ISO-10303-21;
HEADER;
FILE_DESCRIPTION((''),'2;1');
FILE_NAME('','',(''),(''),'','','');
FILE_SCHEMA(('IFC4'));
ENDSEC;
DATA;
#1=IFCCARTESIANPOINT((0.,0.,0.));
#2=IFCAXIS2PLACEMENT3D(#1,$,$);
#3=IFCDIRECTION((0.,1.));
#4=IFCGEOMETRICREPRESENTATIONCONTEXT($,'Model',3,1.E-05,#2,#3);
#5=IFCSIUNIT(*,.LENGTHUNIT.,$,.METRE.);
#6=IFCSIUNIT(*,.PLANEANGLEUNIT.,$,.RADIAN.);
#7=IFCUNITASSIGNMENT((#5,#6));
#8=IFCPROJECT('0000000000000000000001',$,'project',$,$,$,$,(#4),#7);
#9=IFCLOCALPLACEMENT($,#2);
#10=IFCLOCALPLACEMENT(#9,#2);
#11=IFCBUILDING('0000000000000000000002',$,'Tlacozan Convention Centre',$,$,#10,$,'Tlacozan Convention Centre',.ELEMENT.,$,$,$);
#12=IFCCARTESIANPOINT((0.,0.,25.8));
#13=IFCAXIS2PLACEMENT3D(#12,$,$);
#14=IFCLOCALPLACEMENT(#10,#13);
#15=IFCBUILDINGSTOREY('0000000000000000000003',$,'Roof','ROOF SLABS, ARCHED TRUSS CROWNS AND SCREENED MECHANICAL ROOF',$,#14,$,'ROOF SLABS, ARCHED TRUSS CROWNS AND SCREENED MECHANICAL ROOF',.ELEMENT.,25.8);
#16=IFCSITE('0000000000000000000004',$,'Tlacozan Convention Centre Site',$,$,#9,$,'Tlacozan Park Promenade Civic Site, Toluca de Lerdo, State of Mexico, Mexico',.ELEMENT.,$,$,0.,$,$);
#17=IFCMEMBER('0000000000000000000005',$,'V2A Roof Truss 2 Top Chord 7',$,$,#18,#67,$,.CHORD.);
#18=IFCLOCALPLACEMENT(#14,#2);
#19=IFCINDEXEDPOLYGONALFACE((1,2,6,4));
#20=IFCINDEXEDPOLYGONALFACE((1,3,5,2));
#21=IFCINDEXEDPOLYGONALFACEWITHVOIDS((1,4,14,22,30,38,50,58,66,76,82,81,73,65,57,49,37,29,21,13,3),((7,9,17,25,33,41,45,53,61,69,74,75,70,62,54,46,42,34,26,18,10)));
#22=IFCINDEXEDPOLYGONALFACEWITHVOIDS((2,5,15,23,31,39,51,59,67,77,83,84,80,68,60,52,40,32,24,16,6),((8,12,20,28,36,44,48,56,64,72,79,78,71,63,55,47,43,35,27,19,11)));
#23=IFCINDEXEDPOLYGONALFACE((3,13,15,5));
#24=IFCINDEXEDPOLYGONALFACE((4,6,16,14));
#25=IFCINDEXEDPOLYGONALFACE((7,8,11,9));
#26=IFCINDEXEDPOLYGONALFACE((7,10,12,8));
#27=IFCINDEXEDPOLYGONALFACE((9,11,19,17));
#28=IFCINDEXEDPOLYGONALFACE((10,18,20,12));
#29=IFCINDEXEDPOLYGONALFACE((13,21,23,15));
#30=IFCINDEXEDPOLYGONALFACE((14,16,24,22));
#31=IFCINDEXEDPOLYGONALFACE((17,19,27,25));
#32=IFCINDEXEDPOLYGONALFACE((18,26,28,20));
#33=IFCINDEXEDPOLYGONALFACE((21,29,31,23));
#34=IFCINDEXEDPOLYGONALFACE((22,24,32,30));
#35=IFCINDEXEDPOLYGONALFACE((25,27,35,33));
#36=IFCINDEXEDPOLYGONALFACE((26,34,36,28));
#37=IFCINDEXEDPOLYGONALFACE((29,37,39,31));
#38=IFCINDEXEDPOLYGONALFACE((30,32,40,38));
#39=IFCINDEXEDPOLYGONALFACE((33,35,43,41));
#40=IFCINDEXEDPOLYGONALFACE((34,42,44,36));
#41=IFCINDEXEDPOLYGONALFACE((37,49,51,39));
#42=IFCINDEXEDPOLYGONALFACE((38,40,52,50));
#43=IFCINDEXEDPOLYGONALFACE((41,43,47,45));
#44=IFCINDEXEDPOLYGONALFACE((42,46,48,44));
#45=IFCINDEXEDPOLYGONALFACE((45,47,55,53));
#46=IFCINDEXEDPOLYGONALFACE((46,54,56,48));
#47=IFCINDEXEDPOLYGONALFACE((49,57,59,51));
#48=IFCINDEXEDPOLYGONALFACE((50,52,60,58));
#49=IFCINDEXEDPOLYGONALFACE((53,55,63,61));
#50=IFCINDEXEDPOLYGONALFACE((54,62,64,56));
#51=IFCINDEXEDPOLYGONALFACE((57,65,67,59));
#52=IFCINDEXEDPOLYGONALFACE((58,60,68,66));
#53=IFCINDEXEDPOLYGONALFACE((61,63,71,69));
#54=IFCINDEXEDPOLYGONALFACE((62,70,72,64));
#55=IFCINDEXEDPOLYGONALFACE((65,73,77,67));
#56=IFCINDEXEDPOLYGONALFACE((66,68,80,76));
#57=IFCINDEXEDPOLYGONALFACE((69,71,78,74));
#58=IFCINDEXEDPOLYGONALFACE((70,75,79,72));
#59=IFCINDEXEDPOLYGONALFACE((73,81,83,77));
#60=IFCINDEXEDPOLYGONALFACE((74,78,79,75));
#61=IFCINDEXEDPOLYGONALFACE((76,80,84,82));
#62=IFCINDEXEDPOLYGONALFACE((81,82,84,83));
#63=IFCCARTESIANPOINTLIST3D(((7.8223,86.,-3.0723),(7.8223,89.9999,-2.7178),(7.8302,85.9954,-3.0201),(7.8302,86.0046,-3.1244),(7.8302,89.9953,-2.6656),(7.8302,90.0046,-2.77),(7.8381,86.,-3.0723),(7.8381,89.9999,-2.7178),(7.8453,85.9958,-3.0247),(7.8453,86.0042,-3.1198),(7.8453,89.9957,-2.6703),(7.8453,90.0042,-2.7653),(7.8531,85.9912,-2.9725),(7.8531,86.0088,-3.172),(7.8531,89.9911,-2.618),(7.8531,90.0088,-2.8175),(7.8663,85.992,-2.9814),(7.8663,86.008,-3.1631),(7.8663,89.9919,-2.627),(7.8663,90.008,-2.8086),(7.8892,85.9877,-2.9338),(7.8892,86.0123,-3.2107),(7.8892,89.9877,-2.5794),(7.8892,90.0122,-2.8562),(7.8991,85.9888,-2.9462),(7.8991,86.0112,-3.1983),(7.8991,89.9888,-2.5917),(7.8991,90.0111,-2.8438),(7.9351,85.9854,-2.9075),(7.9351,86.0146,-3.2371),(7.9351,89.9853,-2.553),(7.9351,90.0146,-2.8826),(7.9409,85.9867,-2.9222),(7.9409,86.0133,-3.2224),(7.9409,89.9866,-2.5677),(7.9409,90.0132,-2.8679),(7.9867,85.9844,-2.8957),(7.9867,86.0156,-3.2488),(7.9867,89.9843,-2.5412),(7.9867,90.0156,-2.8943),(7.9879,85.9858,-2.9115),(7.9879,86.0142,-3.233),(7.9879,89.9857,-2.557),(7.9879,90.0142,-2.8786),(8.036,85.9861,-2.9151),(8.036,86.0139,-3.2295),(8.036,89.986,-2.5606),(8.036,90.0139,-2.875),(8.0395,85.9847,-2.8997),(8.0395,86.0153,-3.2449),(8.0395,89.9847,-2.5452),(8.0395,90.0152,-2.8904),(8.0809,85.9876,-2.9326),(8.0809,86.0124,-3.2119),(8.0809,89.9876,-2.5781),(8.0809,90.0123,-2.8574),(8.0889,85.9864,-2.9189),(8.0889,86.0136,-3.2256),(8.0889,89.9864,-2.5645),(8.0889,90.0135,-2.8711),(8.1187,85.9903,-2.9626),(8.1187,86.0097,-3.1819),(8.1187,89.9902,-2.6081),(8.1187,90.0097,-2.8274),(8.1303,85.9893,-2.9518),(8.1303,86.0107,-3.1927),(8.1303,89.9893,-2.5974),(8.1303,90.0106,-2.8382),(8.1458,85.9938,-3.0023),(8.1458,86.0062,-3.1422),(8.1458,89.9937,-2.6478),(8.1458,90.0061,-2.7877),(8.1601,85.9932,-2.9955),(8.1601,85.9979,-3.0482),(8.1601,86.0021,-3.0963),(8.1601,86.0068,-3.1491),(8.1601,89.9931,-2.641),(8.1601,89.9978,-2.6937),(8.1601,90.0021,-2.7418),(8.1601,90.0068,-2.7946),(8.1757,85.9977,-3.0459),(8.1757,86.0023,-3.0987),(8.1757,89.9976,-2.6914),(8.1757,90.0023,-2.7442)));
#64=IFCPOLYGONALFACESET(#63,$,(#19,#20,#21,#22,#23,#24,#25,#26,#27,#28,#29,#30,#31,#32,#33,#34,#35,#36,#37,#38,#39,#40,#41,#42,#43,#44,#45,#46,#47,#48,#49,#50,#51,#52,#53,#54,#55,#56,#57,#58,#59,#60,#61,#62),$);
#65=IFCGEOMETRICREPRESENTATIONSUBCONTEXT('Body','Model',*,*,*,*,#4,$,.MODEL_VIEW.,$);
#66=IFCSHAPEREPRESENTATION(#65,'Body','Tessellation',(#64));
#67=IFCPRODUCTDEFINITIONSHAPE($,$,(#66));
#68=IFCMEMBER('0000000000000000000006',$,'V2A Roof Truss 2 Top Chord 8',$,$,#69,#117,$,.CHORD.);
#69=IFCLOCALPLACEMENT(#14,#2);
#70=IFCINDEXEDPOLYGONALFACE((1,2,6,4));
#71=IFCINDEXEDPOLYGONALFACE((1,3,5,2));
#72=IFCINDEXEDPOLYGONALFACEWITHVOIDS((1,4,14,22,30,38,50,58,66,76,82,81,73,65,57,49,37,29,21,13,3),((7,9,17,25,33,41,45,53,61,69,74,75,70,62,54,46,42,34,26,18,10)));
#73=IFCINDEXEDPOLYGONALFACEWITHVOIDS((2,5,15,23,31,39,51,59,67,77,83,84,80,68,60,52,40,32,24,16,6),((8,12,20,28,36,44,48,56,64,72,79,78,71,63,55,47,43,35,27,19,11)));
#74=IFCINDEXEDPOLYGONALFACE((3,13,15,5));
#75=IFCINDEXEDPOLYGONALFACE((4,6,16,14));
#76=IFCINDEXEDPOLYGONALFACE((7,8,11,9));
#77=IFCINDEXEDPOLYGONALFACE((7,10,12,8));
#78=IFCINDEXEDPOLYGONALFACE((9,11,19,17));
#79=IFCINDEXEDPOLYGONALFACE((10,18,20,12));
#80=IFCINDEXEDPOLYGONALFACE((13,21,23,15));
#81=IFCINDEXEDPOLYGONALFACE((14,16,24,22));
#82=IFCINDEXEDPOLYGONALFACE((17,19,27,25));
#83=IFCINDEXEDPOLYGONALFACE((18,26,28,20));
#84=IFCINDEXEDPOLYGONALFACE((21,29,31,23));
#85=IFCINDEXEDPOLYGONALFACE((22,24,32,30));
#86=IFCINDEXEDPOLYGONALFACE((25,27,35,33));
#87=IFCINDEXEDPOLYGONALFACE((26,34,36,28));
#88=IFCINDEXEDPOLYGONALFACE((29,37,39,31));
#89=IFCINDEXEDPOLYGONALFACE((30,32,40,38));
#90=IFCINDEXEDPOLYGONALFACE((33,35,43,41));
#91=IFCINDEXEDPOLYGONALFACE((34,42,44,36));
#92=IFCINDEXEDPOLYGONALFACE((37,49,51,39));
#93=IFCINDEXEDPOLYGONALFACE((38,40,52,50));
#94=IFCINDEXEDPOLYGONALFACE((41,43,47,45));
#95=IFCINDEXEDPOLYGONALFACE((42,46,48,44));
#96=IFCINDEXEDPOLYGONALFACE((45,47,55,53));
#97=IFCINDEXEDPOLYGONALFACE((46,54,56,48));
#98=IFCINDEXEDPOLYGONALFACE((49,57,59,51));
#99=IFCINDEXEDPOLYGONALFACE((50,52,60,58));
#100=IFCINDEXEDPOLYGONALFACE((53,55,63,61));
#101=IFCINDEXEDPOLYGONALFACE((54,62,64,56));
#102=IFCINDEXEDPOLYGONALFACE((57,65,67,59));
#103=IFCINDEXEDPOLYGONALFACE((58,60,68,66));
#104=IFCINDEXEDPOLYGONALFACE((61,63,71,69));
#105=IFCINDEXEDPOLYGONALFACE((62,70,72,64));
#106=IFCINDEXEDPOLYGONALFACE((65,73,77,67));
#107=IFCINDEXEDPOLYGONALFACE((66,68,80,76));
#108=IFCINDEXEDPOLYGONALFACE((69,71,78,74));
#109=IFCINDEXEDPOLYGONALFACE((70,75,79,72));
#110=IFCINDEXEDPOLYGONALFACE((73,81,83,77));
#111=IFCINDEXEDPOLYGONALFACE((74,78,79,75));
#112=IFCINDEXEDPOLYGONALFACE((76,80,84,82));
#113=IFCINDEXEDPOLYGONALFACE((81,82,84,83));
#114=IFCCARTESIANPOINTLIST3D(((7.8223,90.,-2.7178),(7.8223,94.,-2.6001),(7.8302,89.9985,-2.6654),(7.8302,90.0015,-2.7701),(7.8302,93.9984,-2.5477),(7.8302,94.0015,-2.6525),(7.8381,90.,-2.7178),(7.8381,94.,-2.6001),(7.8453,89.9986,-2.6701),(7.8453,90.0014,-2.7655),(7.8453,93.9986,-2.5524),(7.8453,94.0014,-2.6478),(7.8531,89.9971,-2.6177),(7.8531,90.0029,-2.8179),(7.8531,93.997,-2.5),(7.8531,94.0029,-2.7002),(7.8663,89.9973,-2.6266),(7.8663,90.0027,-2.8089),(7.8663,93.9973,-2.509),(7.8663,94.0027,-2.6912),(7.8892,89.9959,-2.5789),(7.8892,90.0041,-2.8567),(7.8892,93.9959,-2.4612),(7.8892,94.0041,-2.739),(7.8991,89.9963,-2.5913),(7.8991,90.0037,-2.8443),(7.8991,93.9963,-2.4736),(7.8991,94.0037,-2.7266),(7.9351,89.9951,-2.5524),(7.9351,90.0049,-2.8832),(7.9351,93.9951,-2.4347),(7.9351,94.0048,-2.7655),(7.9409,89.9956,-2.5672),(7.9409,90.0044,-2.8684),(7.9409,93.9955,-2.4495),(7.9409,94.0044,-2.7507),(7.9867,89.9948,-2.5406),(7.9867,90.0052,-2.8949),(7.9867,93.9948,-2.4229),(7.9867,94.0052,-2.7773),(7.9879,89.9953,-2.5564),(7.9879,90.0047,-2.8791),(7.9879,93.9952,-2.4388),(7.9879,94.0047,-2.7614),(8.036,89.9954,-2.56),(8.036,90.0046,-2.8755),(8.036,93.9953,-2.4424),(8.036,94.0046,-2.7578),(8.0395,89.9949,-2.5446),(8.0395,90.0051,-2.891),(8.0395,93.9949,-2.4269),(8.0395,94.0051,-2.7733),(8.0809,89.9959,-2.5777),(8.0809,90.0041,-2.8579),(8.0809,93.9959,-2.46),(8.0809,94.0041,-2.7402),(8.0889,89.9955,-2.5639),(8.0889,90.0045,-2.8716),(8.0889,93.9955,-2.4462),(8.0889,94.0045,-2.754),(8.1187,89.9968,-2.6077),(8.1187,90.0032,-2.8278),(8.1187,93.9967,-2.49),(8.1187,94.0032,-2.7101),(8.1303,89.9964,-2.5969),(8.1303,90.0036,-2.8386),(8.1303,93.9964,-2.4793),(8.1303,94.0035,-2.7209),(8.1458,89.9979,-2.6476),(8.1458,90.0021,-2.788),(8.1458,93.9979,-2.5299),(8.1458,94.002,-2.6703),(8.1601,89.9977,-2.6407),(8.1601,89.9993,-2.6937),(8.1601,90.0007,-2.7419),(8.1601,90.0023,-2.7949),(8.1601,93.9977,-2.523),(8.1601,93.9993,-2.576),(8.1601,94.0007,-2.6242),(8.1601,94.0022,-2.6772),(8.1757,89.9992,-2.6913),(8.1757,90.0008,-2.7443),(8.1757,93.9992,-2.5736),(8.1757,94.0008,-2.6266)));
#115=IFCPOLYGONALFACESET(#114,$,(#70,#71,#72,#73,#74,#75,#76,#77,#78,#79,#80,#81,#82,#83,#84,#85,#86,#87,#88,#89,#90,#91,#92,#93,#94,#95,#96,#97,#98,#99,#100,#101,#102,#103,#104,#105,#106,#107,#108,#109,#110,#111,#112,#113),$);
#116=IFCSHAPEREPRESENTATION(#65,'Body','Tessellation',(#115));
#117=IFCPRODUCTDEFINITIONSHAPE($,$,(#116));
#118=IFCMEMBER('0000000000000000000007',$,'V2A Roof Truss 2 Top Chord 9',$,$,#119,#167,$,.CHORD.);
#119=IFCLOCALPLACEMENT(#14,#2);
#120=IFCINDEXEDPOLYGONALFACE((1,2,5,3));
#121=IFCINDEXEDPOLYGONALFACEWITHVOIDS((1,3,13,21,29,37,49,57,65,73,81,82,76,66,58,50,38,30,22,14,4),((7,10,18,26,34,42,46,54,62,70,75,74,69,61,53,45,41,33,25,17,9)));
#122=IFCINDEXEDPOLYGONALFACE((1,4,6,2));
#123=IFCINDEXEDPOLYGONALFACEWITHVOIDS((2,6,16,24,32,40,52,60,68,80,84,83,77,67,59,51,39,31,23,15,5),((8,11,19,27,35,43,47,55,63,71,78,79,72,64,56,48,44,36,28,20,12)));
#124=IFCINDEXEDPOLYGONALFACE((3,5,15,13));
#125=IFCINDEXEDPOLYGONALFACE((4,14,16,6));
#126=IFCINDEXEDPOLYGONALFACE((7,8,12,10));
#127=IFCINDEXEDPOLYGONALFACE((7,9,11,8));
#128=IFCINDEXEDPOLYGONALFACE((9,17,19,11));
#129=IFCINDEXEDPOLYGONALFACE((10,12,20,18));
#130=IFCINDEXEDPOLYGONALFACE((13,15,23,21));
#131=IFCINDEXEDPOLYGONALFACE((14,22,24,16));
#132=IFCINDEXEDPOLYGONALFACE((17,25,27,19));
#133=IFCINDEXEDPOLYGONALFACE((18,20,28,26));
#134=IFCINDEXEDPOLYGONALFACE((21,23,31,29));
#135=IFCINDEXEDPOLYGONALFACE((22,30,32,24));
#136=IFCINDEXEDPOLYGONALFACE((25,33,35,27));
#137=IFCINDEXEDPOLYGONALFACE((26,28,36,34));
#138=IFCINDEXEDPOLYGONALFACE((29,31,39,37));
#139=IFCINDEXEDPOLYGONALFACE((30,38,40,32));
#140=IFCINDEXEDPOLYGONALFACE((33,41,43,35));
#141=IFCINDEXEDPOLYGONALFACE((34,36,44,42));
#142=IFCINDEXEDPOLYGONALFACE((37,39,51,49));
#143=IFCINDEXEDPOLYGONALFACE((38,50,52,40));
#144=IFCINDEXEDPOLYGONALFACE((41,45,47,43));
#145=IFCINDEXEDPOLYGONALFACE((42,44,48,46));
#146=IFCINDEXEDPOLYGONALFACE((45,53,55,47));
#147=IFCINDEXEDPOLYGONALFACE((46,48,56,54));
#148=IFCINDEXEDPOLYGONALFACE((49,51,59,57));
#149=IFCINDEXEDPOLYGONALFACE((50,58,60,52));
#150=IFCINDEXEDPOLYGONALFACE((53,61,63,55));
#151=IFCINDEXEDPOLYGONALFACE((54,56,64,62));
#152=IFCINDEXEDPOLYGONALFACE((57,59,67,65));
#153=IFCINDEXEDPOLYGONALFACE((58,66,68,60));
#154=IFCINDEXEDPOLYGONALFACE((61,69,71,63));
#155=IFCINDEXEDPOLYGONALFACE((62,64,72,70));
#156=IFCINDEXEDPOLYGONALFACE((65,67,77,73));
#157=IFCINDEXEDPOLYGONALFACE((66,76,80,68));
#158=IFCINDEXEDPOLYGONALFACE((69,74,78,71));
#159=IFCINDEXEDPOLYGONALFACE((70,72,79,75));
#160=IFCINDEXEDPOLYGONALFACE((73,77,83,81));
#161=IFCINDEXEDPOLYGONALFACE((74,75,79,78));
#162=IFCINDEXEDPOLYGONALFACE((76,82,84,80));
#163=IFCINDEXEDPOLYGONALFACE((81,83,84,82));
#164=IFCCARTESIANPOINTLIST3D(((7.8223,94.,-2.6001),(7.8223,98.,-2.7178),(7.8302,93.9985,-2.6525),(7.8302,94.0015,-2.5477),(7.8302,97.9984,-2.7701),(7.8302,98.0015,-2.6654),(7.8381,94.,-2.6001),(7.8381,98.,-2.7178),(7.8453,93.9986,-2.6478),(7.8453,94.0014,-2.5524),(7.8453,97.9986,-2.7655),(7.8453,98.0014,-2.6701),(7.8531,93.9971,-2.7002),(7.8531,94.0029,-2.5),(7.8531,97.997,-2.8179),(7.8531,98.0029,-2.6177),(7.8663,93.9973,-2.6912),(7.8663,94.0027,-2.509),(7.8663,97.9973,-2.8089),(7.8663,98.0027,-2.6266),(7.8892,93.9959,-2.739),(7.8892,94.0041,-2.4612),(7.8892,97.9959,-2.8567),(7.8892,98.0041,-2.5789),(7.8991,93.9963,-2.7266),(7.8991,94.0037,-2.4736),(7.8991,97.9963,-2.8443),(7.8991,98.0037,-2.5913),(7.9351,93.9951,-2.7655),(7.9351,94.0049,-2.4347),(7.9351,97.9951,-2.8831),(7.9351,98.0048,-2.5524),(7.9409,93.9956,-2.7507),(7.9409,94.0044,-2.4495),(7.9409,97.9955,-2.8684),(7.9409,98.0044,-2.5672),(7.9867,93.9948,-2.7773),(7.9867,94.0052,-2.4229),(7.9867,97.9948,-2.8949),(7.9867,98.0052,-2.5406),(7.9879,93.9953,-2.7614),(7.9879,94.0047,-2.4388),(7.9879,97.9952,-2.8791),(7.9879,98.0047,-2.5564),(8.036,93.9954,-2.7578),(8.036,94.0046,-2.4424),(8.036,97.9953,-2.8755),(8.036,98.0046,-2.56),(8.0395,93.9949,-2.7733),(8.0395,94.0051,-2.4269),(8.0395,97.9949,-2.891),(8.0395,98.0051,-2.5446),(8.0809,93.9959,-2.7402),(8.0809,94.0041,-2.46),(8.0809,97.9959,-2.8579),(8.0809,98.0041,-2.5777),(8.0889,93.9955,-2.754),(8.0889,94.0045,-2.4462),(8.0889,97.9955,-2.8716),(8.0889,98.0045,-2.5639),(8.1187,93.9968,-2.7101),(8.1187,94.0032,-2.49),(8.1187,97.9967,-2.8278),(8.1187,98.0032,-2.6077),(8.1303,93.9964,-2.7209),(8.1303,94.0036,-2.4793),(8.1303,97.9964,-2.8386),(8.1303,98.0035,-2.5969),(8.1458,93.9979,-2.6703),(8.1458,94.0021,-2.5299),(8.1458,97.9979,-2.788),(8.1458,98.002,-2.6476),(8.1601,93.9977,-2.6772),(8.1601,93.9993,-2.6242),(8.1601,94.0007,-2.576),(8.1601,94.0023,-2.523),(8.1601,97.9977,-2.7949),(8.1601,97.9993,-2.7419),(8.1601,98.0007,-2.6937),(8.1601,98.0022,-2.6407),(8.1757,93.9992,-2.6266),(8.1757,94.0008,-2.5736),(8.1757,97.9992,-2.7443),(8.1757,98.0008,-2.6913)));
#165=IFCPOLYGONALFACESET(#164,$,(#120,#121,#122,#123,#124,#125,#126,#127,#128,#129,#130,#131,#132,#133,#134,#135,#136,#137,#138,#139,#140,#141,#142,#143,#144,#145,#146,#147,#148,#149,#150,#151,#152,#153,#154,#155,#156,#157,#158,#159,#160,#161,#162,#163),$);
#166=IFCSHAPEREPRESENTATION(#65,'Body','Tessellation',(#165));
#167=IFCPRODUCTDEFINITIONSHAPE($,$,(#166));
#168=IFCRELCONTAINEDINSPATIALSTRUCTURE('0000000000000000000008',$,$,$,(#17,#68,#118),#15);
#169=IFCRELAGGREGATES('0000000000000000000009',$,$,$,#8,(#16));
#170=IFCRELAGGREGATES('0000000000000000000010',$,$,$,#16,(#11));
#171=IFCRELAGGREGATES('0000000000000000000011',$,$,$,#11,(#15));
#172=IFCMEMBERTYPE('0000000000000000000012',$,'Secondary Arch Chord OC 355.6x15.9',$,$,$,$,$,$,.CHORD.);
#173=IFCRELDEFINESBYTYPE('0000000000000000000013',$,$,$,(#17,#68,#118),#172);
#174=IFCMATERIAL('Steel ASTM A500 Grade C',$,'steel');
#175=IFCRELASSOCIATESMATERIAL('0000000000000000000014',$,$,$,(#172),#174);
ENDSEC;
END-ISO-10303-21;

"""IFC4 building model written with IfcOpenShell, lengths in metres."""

from ifc_helpers import new_model, si_unit, direction, frame, origin, origin_2d, place, context, subcontext, project, spatial, hollow_circle, extrude, material, material_profile, profile_set, type_object, element, save


model = new_model("IFC4")

# Units and contexts
model_context = context("Model", 3, precision=1e-05, world=origin(), true_north=direction((0.0, 1.0)))
body_context = subcontext(model_context, "Body", "Model", "MODEL_VIEW")
ifc_project = project(units=[si_unit("LENGTHUNIT", "METRE"), si_unit("PLANEANGLEUNIT", "RADIAN")], contexts=[model_context])

# Site, building, storey
site_placement = place(None, origin())
site = spatial("IfcSite", under=ifc_project, at=site_placement, Name="Tlacozan Convention Centre Site", LongName="Tlacozan Park Promenade Civic Site, Toluca de Lerdo, State of Mexico, Mexico", CompositionType="ELEMENT", RefElevation=0.0)
building_placement = place(site_placement, origin())
building = spatial("IfcBuilding", under=site, at=building_placement, Name="Tlacozan Convention Centre", LongName="Tlacozan Convention Centre", CompositionType="ELEMENT")
storey_placement = place(building_placement, frame((0.0, 0.0, 25.8)))
storey = spatial("IfcBuildingStorey", under=building, at=storey_placement, Name="Roof", Description="ROOF SLABS, ARCHED TRUSS CROWNS AND SCREENED MECHANICAL ROOF", LongName="ROOF SLABS, ARCHED TRUSS CROWNS AND SCREENED MECHANICAL ROOF", CompositionType="ELEMENT", Elevation=25.8)

# Members
ifc_material_1 = material(Name="Steel ASTM A500 Grade C", Category="steel")
ifc_material_profile_1 = material_profile(ifc_material_1, hollow_circle(Radius=0.1777, WallThickness=0.0159, at=origin_2d()), Name="OC 355.6x15.9")
ifc_profile_set_1 = profile_set([ifc_material_profile_1], Name="Steel ASTM A500 Grade C")
member_type_1 = type_object("IfcMemberType", Name="Secondary Arch Chord OC 355.6x15.9", PredefinedType="CHORD", material=ifc_profile_set_1)
member_1_placement = place(storey_placement, frame((8.0, 86.0, -3.0723), z_axis=(0.0, 0.996096, 0.088277), x_axis=(-1.0, 0.0, 0.0)))
element("IfcMember", 1, at=member_1_placement, inside=storey, type_object=member_type_1, Name="V2A Roof Truss 2 Top Chord 7", PredefinedType="CHORD", context=body_context, shape_type="SweptSolid", body=[
    extrude(hollow_circle(Radius=0.1777, WallThickness=0.0159, at=origin_2d()), origin(), (0.0, 0.0, 1.0), 4.0156),
])
for number, where, z_axis, x_axis, name in (
    (2, (8.0, 90.0, -2.7178), (0.0, 0.999568, 0.029406), (-1.0, 0.0, 0.0), "V2A Roof Truss 2 Top Chord 8"),
    (3, (8.0, 94.0, -2.6001), (0.0, 0.999568, -0.029406), (-1.0, 0.0, 0.0), "V2A Roof Truss 2 Top Chord 9"),
):
    element("IfcMember", number, at=place(storey_placement, frame(where, z_axis=z_axis, x_axis=x_axis)), inside=storey, type_object=member_type_1, Name=name, PredefinedType="CHORD", context=body_context, shape_type="SweptSolid", body=[
        extrude(hollow_circle(Radius=0.1777, WallThickness=0.0159, at=origin_2d()), origin(), (0.0, 0.0, 1.0), 4.0017),
    ])

save(model, "model.ifc")
